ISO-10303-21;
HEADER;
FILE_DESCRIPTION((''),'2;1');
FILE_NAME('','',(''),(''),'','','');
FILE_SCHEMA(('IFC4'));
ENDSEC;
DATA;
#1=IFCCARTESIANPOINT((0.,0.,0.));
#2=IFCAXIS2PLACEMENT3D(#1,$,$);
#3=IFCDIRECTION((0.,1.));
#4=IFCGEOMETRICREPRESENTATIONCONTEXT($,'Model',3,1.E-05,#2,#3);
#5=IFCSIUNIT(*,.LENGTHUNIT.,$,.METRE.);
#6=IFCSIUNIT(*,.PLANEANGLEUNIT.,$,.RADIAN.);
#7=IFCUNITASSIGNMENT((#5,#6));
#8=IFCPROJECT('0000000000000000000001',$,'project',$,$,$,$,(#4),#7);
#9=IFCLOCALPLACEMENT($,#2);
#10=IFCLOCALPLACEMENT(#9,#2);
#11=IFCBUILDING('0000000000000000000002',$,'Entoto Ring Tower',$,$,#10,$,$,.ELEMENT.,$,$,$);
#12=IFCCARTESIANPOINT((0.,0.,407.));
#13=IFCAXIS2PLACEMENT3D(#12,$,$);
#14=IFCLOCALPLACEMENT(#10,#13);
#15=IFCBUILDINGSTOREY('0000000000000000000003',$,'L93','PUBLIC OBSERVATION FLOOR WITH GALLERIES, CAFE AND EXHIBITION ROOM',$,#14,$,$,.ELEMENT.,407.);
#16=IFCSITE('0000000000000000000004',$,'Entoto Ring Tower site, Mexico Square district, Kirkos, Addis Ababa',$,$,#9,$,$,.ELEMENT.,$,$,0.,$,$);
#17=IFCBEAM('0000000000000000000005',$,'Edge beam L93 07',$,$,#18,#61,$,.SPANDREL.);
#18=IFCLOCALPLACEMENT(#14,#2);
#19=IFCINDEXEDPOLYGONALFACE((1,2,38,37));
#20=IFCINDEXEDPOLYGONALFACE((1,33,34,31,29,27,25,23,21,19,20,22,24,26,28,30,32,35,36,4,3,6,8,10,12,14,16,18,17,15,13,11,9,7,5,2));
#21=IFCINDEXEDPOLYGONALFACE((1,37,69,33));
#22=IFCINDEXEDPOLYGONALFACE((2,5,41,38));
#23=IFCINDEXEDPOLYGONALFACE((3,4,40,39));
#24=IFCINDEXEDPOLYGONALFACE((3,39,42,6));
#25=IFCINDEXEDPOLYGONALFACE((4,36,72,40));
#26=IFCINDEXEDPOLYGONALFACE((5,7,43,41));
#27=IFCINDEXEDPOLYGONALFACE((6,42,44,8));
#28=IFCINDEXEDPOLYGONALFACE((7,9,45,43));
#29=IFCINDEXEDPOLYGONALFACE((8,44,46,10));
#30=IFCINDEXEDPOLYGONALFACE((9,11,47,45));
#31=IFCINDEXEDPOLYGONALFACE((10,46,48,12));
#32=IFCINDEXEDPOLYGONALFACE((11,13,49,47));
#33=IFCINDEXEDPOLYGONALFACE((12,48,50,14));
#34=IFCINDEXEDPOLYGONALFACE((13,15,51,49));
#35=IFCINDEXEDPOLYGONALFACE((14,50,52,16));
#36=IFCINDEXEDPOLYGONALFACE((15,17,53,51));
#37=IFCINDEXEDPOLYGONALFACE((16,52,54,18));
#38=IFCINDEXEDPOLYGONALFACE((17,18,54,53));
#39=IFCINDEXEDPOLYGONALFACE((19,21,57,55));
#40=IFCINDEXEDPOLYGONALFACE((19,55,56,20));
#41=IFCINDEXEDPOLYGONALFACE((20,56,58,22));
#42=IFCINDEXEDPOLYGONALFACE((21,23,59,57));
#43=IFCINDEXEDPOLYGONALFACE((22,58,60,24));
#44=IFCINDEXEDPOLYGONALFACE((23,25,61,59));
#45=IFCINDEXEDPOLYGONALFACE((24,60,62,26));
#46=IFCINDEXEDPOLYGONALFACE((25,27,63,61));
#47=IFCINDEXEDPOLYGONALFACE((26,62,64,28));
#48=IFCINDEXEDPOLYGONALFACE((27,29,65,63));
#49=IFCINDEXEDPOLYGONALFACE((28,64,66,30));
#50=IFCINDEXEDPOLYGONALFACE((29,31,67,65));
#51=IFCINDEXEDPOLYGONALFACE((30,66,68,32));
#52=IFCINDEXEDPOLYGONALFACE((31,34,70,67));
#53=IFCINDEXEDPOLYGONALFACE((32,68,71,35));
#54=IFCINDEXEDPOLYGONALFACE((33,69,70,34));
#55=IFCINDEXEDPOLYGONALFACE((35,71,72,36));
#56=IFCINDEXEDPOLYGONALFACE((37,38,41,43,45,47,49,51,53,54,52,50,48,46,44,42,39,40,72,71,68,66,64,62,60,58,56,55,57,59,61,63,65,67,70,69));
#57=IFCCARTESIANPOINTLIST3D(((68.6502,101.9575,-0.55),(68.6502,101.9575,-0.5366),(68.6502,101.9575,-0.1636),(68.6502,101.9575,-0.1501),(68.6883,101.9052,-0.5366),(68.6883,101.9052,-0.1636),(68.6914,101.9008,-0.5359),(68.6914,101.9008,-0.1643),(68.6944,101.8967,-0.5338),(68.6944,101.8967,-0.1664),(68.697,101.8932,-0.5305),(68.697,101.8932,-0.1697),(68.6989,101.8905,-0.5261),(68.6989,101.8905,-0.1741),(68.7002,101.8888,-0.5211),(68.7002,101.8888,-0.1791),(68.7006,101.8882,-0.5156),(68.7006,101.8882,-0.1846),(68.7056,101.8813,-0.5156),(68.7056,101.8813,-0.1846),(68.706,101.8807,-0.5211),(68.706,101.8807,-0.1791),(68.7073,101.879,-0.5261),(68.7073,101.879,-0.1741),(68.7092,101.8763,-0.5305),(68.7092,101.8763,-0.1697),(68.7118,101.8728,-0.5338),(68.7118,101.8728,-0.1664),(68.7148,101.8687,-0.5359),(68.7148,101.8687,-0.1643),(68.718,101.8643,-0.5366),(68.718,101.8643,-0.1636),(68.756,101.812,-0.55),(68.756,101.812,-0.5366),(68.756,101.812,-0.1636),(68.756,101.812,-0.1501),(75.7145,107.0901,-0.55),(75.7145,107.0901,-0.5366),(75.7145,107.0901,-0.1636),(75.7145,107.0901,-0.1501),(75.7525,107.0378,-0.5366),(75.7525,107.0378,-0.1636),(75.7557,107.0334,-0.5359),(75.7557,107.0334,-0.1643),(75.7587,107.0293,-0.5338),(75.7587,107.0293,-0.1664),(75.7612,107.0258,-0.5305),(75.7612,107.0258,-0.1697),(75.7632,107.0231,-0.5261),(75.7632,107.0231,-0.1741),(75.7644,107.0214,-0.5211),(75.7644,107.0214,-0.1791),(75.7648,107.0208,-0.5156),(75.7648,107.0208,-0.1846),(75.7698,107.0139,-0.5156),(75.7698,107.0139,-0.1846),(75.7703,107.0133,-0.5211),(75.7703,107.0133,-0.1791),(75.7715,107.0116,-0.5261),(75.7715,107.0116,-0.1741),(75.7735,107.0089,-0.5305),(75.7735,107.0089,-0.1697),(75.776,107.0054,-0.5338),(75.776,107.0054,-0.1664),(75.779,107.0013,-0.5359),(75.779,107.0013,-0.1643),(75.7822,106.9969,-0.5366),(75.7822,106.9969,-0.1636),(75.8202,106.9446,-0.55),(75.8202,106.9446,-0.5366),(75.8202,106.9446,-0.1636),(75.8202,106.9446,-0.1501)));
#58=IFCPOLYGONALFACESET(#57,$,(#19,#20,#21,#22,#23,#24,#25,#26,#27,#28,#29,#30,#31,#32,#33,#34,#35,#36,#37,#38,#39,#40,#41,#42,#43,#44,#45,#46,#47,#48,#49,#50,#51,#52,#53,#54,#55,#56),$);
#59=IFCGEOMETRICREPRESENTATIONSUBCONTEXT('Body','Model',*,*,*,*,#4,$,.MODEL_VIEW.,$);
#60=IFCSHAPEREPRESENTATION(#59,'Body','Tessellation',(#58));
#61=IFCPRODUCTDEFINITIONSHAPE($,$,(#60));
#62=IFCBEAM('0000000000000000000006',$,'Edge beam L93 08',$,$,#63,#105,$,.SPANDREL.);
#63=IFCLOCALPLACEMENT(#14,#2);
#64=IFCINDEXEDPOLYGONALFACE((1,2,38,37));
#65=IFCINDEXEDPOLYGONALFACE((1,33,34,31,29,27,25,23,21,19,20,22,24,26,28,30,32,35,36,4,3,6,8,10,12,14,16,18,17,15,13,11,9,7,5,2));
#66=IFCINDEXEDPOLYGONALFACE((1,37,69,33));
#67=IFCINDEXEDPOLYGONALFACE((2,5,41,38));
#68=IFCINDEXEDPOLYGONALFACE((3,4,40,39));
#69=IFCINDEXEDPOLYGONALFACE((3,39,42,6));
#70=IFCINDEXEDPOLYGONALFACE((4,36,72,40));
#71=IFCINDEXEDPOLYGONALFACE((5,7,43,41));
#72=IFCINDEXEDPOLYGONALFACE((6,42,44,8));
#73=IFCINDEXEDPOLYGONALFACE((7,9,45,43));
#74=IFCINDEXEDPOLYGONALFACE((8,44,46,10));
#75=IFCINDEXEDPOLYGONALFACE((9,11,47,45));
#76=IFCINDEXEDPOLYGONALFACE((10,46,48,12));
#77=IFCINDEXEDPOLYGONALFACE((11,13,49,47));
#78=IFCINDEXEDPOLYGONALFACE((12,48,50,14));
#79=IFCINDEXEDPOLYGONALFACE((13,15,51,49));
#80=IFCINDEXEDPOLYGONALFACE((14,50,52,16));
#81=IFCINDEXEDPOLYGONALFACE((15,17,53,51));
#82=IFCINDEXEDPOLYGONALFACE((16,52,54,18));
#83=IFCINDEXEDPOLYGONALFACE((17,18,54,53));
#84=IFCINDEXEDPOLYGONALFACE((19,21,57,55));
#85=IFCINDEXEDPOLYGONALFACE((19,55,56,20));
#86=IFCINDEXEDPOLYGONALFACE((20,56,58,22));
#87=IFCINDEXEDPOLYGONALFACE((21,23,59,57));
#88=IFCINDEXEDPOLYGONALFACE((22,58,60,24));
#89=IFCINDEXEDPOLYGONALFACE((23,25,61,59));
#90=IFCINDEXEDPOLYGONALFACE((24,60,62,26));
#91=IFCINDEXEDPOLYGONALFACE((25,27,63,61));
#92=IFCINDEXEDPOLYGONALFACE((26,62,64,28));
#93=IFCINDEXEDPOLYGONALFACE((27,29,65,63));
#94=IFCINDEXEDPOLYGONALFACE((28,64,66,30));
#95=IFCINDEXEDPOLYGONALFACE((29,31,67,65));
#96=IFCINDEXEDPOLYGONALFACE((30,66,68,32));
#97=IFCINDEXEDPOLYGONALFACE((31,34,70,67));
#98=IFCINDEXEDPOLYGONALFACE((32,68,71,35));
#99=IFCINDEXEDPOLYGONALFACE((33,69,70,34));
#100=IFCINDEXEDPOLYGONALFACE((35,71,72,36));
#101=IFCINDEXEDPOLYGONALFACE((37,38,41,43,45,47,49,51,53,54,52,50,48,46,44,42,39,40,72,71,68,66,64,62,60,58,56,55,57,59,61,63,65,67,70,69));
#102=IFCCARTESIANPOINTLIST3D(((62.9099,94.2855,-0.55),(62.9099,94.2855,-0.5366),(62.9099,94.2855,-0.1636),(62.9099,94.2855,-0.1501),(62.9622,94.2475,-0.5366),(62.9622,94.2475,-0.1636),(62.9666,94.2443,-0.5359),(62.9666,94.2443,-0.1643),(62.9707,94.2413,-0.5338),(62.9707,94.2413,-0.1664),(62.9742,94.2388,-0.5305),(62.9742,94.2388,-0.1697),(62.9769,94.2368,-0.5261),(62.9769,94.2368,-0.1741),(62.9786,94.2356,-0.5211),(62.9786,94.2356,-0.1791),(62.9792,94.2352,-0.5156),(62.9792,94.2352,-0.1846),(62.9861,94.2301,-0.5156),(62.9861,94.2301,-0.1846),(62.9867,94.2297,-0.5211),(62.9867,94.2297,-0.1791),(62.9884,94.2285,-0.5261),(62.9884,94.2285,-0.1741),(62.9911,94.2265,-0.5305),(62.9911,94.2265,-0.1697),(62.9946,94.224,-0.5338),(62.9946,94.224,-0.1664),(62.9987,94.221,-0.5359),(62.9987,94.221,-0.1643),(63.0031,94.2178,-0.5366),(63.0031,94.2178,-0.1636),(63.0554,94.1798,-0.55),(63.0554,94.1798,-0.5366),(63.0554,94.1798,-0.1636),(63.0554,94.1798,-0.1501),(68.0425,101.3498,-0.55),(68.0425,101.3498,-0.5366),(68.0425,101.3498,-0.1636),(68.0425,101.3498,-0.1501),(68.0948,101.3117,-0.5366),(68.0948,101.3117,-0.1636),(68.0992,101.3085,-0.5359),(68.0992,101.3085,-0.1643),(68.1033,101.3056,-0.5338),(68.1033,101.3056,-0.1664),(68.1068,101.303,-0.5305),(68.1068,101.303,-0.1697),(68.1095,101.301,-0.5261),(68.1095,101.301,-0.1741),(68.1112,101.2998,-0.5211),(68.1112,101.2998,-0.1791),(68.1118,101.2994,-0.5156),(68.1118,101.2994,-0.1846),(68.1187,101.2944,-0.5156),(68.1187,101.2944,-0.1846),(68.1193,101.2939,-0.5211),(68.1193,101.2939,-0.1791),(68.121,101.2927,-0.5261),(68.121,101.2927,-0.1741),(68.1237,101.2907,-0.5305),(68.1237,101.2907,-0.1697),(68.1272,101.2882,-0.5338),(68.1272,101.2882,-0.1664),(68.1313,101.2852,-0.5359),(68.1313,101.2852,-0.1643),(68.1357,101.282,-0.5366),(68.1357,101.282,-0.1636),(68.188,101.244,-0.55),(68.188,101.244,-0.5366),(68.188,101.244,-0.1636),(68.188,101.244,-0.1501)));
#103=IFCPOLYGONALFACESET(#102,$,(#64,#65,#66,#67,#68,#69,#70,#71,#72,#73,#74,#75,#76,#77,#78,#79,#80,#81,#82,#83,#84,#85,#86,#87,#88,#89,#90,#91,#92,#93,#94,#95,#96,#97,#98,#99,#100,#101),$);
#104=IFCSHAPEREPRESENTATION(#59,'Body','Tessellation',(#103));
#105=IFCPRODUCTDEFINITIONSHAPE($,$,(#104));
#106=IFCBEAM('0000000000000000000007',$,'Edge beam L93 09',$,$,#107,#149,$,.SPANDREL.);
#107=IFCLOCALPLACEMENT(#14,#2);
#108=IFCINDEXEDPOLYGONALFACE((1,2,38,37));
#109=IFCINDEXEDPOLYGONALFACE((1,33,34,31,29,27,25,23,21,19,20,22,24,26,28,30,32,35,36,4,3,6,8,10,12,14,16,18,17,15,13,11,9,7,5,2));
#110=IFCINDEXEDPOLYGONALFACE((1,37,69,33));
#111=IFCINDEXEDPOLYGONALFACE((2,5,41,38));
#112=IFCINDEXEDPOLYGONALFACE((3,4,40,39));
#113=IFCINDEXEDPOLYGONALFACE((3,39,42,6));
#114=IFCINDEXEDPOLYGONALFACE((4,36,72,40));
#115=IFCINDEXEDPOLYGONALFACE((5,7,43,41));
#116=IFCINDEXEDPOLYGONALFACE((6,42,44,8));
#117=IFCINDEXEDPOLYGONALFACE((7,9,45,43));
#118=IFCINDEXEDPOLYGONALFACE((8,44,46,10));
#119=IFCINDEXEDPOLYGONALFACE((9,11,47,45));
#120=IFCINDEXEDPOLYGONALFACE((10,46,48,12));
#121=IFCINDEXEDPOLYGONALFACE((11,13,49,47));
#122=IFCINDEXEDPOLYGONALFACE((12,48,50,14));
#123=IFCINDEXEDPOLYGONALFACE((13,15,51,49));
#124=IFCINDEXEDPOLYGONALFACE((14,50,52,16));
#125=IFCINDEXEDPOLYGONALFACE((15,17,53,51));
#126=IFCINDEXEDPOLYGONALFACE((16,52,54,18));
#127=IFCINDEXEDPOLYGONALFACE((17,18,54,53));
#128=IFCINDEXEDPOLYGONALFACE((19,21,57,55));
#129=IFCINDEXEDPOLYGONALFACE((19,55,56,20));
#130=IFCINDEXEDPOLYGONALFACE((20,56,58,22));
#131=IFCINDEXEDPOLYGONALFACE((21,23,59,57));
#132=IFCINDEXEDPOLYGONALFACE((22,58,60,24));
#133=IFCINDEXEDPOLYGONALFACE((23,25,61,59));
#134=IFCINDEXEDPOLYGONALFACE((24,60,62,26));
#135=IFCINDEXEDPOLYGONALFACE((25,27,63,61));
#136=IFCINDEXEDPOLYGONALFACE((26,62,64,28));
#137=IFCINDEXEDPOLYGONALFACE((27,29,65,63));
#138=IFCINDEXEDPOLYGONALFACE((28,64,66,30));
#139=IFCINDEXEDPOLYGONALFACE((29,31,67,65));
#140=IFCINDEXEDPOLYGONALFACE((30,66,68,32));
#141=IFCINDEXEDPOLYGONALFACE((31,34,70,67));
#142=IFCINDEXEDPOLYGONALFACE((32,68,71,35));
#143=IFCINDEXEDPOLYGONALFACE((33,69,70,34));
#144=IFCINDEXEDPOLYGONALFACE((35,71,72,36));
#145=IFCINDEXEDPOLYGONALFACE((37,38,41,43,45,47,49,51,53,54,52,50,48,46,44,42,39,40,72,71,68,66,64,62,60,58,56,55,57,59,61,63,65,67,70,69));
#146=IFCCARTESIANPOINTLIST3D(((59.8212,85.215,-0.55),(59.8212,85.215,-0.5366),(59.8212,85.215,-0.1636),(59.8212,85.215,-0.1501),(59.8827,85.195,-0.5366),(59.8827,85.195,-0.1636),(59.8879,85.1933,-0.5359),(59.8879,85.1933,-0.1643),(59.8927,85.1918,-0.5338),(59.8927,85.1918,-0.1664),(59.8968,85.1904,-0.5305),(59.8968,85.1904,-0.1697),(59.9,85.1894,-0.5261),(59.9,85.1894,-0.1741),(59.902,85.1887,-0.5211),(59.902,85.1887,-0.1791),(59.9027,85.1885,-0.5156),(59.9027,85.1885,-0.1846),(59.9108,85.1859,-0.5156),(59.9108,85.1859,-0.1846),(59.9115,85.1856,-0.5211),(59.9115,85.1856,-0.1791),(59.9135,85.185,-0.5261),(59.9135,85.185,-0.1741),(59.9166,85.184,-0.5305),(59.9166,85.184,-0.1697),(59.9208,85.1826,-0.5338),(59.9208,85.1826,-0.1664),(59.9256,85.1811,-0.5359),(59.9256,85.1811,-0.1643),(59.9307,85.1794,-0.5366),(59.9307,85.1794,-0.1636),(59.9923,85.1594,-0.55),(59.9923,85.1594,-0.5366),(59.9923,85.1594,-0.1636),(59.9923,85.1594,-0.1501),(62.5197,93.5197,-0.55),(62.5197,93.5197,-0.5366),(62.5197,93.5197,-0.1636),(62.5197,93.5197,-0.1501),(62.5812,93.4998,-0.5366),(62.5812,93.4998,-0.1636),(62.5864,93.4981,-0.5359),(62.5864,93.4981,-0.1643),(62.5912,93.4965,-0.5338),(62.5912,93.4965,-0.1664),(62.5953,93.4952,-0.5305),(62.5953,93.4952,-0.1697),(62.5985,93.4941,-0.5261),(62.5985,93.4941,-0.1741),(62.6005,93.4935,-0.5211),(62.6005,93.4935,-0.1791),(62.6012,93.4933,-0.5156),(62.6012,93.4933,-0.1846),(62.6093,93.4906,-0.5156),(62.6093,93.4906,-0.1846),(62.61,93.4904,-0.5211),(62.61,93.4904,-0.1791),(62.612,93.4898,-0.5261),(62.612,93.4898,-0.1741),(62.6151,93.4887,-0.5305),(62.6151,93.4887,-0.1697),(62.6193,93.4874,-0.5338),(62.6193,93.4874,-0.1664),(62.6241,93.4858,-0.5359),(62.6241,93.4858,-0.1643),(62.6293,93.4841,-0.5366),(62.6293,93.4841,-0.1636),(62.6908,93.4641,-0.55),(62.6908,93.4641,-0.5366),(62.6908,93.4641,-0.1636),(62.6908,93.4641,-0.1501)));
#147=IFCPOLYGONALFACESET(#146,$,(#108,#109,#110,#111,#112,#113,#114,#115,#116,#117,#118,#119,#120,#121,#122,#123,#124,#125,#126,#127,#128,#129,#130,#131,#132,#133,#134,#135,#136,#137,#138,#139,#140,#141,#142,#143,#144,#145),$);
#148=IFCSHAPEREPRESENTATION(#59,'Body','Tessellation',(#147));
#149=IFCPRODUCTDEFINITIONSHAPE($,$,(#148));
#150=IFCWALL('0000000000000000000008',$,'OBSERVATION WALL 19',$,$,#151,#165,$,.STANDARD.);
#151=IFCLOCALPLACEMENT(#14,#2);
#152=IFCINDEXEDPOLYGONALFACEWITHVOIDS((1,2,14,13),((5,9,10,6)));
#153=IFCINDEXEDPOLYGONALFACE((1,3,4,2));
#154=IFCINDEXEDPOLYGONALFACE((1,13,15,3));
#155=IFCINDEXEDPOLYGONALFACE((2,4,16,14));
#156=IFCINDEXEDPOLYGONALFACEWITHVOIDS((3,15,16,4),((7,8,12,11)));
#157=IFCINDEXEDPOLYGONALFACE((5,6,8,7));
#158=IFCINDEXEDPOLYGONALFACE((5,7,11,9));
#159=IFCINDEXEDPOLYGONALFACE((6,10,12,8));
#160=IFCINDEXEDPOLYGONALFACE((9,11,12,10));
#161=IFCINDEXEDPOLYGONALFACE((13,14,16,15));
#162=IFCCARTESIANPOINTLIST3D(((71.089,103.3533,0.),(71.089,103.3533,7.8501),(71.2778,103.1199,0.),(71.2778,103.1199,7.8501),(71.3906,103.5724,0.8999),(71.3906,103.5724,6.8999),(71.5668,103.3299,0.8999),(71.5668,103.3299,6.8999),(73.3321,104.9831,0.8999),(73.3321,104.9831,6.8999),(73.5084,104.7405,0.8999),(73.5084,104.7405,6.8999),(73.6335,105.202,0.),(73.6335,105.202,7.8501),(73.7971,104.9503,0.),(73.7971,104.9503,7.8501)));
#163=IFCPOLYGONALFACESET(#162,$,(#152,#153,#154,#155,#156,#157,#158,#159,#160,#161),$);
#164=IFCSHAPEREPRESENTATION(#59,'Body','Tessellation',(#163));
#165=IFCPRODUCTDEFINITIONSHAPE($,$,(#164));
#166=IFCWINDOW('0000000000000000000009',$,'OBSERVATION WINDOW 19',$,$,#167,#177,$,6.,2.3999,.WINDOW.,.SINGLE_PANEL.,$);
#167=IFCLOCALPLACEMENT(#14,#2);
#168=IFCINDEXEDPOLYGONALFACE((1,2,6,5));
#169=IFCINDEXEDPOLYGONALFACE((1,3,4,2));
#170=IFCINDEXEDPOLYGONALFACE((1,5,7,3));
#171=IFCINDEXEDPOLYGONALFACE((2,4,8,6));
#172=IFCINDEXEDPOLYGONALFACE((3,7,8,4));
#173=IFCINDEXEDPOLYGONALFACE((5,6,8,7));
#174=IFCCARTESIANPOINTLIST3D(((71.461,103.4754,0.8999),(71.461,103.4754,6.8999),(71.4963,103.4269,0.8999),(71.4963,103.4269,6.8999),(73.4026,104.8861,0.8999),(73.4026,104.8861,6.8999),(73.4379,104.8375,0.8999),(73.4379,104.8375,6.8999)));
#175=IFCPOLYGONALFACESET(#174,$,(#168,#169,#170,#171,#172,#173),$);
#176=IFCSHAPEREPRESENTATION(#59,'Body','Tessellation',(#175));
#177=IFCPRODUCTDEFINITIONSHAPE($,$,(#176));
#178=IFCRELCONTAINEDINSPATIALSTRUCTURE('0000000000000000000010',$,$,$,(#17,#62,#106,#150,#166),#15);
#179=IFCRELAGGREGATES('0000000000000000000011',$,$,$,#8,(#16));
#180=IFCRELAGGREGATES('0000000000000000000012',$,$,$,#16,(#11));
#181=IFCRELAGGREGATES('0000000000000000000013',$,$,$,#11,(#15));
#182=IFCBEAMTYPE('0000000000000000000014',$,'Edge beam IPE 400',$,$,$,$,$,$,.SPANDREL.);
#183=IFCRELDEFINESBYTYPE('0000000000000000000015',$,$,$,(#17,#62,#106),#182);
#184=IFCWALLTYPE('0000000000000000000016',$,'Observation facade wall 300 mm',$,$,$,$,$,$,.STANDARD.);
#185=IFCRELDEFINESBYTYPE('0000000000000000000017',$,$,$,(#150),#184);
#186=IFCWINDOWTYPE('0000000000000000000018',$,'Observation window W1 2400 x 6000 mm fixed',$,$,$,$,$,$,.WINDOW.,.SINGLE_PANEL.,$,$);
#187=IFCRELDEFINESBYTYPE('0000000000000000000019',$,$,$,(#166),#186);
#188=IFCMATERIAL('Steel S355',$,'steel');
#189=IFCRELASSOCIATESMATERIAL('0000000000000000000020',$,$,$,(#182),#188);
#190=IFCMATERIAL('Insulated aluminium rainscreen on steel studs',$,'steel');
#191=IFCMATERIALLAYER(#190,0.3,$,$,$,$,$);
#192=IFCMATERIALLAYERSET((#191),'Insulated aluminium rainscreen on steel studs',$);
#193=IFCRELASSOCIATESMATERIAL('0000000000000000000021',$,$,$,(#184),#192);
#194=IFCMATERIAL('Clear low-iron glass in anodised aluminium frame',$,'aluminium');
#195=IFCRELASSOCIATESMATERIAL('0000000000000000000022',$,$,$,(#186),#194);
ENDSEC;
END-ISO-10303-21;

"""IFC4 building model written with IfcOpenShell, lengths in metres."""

from ifc_helpers import new_model, si_unit, direction, frame, frame_2d, origin, origin_2d, place, context, subcontext, project, spatial, polyline, rectangle, i_section, outline, extrude, material, layer, layer_set, material_profile, profile_set, type_object, element, fill, save


model = new_model("IFC4")

# Units and contexts
model_context = context("Model", 3, precision=1e-05, world=origin(), true_north=direction((0.0, 1.0)))
body_context = subcontext(model_context, "Body", "Model", "MODEL_VIEW")
ifc_project = project(units=[si_unit("LENGTHUNIT", "METRE"), si_unit("PLANEANGLEUNIT", "RADIAN")], contexts=[model_context])

# Site, building, storey
site_placement = place(None, origin())
site = spatial("IfcSite", under=ifc_project, at=site_placement, Name="Entoto Ring Tower site, Mexico Square district, Kirkos, Addis Ababa", CompositionType="ELEMENT", RefElevation=0.0)
building_placement = place(site_placement, origin())
building = spatial("IfcBuilding", under=site, at=building_placement, Name="Entoto Ring Tower", CompositionType="ELEMENT")
storey_placement = place(building_placement, frame((0.0, 0.0, 407.0)))
storey = spatial("IfcBuildingStorey", under=building, at=storey_placement, Name="L93", Description="PUBLIC OBSERVATION FLOOR WITH GALLERIES, CAFE AND EXHIBITION ROOM", CompositionType="ELEMENT", Elevation=407.0)

# Beams
ifc_material_1 = material(Name="Steel S355", Category="steel")
ifc_material_profile_1 = material_profile(ifc_material_1, i_section(OverallWidth=0.1799, OverallDepth=0.3999, WebThickness=0.0085, FlangeThickness=0.0134, FilletRadius=0.021, at=origin_2d()), Name="IPE 400")
ifc_profile_set_1 = profile_set([ifc_material_profile_1], Name="Steel S355")
beam_type = type_object("IfcBeamType", Name="Edge beam IPE 400", PredefinedType="SPANDREL", material=ifc_profile_set_1)
for number, where, z_axis, x_axis, name in (
    (1, (75.7673, 107.0173, -0.3501), (-0.80901, -0.587794, 0.0), (0.587794, -0.80901, 0.0), "Edge beam L93 07"),
    (2, (68.1152, 101.2969, -0.3501), (-0.587794, -0.80901, 0.0), (0.80901, -0.587794, 0.0), "Edge beam L93 08"),
):
    element("IfcBeam", number, at=place(storey_placement, frame(where, z_axis=z_axis, x_axis=x_axis)), inside=storey, type_object=beam_type, Name=name, PredefinedType="SPANDREL", context=body_context, shape_type="SweptSolid", body=[
        extrude(i_section(OverallWidth=0.1799, OverallDepth=0.3999, WebThickness=0.0085, FlangeThickness=0.0134, FilletRadius=0.021, at=origin_2d()), origin(), (0.0, 0.0, 1.0), 8.7319),
    ])
beam_placement = place(storey_placement, frame((62.6052, 93.4919, -0.3501), z_axis=(-0.30903, -0.951052, 0.0), x_axis=(0.951052, -0.30903, 0.0)))
element("IfcBeam", 3, at=beam_placement, inside=storey, type_object=beam_type, Name="Edge beam L93 09", PredefinedType="SPANDREL", context=body_context, shape_type="SweptSolid", body=[
    extrude(i_section(OverallWidth=0.1799, OverallDepth=0.3999, WebThickness=0.0085, FlangeThickness=0.0134, FilletRadius=0.021, at=origin_2d()), origin(), (0.0, 0.0, 1.0), 8.7322),
])

# Wall, opening, window
ifc_material_2 = material(Name="Insulated aluminium rainscreen on steel studs", Category="steel")
ifc_layer = layer(ifc_material_2, 0.3)
ifc_layer_set = layer_set([ifc_layer], Name="Insulated aluminium rainscreen on steel studs")
wall_type = type_object("IfcWallType", Name="Observation facade wall 300 mm", PredefinedType="STANDARD", material=ifc_layer_set)
wall_1_placement = place(storey_placement, frame((73.7153, 105.0762, 0.0), z_axis=(0.0, 0.0, 1.0), x_axis=(-0.809016, -0.587787, 0.0)))
wall_1 = element("IfcWall", 4, at=wall_1_placement, inside=storey, type_object=wall_type, Name="OBSERVATION WALL 19", PredefinedType="STANDARD", context=body_context, shape_type="SweptSolid", body=[
    extrude(outline(polyline([(-0.0078, -0.1499), (3.1375, -0.1499), (3.1218, 0.1499), (0.0078, 0.1499), (-0.0078, -0.1499)])), origin(), (0.0, 0.0, 1.0), 7.8501),
])
opening_1_placement = place(wall_1_placement, frame((0.3647, 0.0, 0.8999)))
opening_1 = element("IfcOpeningElement", 5, at=opening_1_placement, cuts=wall_1, PredefinedType="OPENING", context=body_context, shape_type="SweptSolid", body=[
    extrude(rectangle(XDim=2.3999, YDim=6.0, at=frame_2d((1.2, 3.0))), frame((0.0, 0.1602, 0.0), z_axis=(0.0, -1.0, 0.0), x_axis=(1.0, 0.0, 0.0)), (0.0, 0.0, 1.0), 0.3201),
])
ifc_material_3 = material(Name="Clear low-iron glass in anodised aluminium frame", Category="aluminium")
window_type_1 = type_object("IfcWindowType", Name="Observation window W1 2400 x 6000 mm fixed", PartitioningType="SINGLE_PANEL", PredefinedType="WINDOW", material=ifc_material_3)
window_1_placement = place(opening_1_placement, origin())
window_1 = element("IfcWindow", 6, at=window_1_placement, inside=storey, type_object=window_type_1, Name="OBSERVATION WINDOW 19", OverallHeight=6.0, OverallWidth=2.3999, PartitioningType="SINGLE_PANEL", PredefinedType="WINDOW", context=body_context, shape_type="SweptSolid", body=[
    extrude(rectangle(XDim=2.3999, YDim=6.0, at=frame_2d((1.2, 3.0))), frame((0.0, 0.03, 0.0), z_axis=(0.0, -1.0, 0.0), x_axis=(1.0, 0.0, 0.0)), (0.0, 0.0, 1.0), 0.0601),
])
fill(opening_1, window_1)

save(model, "model.ifc")
